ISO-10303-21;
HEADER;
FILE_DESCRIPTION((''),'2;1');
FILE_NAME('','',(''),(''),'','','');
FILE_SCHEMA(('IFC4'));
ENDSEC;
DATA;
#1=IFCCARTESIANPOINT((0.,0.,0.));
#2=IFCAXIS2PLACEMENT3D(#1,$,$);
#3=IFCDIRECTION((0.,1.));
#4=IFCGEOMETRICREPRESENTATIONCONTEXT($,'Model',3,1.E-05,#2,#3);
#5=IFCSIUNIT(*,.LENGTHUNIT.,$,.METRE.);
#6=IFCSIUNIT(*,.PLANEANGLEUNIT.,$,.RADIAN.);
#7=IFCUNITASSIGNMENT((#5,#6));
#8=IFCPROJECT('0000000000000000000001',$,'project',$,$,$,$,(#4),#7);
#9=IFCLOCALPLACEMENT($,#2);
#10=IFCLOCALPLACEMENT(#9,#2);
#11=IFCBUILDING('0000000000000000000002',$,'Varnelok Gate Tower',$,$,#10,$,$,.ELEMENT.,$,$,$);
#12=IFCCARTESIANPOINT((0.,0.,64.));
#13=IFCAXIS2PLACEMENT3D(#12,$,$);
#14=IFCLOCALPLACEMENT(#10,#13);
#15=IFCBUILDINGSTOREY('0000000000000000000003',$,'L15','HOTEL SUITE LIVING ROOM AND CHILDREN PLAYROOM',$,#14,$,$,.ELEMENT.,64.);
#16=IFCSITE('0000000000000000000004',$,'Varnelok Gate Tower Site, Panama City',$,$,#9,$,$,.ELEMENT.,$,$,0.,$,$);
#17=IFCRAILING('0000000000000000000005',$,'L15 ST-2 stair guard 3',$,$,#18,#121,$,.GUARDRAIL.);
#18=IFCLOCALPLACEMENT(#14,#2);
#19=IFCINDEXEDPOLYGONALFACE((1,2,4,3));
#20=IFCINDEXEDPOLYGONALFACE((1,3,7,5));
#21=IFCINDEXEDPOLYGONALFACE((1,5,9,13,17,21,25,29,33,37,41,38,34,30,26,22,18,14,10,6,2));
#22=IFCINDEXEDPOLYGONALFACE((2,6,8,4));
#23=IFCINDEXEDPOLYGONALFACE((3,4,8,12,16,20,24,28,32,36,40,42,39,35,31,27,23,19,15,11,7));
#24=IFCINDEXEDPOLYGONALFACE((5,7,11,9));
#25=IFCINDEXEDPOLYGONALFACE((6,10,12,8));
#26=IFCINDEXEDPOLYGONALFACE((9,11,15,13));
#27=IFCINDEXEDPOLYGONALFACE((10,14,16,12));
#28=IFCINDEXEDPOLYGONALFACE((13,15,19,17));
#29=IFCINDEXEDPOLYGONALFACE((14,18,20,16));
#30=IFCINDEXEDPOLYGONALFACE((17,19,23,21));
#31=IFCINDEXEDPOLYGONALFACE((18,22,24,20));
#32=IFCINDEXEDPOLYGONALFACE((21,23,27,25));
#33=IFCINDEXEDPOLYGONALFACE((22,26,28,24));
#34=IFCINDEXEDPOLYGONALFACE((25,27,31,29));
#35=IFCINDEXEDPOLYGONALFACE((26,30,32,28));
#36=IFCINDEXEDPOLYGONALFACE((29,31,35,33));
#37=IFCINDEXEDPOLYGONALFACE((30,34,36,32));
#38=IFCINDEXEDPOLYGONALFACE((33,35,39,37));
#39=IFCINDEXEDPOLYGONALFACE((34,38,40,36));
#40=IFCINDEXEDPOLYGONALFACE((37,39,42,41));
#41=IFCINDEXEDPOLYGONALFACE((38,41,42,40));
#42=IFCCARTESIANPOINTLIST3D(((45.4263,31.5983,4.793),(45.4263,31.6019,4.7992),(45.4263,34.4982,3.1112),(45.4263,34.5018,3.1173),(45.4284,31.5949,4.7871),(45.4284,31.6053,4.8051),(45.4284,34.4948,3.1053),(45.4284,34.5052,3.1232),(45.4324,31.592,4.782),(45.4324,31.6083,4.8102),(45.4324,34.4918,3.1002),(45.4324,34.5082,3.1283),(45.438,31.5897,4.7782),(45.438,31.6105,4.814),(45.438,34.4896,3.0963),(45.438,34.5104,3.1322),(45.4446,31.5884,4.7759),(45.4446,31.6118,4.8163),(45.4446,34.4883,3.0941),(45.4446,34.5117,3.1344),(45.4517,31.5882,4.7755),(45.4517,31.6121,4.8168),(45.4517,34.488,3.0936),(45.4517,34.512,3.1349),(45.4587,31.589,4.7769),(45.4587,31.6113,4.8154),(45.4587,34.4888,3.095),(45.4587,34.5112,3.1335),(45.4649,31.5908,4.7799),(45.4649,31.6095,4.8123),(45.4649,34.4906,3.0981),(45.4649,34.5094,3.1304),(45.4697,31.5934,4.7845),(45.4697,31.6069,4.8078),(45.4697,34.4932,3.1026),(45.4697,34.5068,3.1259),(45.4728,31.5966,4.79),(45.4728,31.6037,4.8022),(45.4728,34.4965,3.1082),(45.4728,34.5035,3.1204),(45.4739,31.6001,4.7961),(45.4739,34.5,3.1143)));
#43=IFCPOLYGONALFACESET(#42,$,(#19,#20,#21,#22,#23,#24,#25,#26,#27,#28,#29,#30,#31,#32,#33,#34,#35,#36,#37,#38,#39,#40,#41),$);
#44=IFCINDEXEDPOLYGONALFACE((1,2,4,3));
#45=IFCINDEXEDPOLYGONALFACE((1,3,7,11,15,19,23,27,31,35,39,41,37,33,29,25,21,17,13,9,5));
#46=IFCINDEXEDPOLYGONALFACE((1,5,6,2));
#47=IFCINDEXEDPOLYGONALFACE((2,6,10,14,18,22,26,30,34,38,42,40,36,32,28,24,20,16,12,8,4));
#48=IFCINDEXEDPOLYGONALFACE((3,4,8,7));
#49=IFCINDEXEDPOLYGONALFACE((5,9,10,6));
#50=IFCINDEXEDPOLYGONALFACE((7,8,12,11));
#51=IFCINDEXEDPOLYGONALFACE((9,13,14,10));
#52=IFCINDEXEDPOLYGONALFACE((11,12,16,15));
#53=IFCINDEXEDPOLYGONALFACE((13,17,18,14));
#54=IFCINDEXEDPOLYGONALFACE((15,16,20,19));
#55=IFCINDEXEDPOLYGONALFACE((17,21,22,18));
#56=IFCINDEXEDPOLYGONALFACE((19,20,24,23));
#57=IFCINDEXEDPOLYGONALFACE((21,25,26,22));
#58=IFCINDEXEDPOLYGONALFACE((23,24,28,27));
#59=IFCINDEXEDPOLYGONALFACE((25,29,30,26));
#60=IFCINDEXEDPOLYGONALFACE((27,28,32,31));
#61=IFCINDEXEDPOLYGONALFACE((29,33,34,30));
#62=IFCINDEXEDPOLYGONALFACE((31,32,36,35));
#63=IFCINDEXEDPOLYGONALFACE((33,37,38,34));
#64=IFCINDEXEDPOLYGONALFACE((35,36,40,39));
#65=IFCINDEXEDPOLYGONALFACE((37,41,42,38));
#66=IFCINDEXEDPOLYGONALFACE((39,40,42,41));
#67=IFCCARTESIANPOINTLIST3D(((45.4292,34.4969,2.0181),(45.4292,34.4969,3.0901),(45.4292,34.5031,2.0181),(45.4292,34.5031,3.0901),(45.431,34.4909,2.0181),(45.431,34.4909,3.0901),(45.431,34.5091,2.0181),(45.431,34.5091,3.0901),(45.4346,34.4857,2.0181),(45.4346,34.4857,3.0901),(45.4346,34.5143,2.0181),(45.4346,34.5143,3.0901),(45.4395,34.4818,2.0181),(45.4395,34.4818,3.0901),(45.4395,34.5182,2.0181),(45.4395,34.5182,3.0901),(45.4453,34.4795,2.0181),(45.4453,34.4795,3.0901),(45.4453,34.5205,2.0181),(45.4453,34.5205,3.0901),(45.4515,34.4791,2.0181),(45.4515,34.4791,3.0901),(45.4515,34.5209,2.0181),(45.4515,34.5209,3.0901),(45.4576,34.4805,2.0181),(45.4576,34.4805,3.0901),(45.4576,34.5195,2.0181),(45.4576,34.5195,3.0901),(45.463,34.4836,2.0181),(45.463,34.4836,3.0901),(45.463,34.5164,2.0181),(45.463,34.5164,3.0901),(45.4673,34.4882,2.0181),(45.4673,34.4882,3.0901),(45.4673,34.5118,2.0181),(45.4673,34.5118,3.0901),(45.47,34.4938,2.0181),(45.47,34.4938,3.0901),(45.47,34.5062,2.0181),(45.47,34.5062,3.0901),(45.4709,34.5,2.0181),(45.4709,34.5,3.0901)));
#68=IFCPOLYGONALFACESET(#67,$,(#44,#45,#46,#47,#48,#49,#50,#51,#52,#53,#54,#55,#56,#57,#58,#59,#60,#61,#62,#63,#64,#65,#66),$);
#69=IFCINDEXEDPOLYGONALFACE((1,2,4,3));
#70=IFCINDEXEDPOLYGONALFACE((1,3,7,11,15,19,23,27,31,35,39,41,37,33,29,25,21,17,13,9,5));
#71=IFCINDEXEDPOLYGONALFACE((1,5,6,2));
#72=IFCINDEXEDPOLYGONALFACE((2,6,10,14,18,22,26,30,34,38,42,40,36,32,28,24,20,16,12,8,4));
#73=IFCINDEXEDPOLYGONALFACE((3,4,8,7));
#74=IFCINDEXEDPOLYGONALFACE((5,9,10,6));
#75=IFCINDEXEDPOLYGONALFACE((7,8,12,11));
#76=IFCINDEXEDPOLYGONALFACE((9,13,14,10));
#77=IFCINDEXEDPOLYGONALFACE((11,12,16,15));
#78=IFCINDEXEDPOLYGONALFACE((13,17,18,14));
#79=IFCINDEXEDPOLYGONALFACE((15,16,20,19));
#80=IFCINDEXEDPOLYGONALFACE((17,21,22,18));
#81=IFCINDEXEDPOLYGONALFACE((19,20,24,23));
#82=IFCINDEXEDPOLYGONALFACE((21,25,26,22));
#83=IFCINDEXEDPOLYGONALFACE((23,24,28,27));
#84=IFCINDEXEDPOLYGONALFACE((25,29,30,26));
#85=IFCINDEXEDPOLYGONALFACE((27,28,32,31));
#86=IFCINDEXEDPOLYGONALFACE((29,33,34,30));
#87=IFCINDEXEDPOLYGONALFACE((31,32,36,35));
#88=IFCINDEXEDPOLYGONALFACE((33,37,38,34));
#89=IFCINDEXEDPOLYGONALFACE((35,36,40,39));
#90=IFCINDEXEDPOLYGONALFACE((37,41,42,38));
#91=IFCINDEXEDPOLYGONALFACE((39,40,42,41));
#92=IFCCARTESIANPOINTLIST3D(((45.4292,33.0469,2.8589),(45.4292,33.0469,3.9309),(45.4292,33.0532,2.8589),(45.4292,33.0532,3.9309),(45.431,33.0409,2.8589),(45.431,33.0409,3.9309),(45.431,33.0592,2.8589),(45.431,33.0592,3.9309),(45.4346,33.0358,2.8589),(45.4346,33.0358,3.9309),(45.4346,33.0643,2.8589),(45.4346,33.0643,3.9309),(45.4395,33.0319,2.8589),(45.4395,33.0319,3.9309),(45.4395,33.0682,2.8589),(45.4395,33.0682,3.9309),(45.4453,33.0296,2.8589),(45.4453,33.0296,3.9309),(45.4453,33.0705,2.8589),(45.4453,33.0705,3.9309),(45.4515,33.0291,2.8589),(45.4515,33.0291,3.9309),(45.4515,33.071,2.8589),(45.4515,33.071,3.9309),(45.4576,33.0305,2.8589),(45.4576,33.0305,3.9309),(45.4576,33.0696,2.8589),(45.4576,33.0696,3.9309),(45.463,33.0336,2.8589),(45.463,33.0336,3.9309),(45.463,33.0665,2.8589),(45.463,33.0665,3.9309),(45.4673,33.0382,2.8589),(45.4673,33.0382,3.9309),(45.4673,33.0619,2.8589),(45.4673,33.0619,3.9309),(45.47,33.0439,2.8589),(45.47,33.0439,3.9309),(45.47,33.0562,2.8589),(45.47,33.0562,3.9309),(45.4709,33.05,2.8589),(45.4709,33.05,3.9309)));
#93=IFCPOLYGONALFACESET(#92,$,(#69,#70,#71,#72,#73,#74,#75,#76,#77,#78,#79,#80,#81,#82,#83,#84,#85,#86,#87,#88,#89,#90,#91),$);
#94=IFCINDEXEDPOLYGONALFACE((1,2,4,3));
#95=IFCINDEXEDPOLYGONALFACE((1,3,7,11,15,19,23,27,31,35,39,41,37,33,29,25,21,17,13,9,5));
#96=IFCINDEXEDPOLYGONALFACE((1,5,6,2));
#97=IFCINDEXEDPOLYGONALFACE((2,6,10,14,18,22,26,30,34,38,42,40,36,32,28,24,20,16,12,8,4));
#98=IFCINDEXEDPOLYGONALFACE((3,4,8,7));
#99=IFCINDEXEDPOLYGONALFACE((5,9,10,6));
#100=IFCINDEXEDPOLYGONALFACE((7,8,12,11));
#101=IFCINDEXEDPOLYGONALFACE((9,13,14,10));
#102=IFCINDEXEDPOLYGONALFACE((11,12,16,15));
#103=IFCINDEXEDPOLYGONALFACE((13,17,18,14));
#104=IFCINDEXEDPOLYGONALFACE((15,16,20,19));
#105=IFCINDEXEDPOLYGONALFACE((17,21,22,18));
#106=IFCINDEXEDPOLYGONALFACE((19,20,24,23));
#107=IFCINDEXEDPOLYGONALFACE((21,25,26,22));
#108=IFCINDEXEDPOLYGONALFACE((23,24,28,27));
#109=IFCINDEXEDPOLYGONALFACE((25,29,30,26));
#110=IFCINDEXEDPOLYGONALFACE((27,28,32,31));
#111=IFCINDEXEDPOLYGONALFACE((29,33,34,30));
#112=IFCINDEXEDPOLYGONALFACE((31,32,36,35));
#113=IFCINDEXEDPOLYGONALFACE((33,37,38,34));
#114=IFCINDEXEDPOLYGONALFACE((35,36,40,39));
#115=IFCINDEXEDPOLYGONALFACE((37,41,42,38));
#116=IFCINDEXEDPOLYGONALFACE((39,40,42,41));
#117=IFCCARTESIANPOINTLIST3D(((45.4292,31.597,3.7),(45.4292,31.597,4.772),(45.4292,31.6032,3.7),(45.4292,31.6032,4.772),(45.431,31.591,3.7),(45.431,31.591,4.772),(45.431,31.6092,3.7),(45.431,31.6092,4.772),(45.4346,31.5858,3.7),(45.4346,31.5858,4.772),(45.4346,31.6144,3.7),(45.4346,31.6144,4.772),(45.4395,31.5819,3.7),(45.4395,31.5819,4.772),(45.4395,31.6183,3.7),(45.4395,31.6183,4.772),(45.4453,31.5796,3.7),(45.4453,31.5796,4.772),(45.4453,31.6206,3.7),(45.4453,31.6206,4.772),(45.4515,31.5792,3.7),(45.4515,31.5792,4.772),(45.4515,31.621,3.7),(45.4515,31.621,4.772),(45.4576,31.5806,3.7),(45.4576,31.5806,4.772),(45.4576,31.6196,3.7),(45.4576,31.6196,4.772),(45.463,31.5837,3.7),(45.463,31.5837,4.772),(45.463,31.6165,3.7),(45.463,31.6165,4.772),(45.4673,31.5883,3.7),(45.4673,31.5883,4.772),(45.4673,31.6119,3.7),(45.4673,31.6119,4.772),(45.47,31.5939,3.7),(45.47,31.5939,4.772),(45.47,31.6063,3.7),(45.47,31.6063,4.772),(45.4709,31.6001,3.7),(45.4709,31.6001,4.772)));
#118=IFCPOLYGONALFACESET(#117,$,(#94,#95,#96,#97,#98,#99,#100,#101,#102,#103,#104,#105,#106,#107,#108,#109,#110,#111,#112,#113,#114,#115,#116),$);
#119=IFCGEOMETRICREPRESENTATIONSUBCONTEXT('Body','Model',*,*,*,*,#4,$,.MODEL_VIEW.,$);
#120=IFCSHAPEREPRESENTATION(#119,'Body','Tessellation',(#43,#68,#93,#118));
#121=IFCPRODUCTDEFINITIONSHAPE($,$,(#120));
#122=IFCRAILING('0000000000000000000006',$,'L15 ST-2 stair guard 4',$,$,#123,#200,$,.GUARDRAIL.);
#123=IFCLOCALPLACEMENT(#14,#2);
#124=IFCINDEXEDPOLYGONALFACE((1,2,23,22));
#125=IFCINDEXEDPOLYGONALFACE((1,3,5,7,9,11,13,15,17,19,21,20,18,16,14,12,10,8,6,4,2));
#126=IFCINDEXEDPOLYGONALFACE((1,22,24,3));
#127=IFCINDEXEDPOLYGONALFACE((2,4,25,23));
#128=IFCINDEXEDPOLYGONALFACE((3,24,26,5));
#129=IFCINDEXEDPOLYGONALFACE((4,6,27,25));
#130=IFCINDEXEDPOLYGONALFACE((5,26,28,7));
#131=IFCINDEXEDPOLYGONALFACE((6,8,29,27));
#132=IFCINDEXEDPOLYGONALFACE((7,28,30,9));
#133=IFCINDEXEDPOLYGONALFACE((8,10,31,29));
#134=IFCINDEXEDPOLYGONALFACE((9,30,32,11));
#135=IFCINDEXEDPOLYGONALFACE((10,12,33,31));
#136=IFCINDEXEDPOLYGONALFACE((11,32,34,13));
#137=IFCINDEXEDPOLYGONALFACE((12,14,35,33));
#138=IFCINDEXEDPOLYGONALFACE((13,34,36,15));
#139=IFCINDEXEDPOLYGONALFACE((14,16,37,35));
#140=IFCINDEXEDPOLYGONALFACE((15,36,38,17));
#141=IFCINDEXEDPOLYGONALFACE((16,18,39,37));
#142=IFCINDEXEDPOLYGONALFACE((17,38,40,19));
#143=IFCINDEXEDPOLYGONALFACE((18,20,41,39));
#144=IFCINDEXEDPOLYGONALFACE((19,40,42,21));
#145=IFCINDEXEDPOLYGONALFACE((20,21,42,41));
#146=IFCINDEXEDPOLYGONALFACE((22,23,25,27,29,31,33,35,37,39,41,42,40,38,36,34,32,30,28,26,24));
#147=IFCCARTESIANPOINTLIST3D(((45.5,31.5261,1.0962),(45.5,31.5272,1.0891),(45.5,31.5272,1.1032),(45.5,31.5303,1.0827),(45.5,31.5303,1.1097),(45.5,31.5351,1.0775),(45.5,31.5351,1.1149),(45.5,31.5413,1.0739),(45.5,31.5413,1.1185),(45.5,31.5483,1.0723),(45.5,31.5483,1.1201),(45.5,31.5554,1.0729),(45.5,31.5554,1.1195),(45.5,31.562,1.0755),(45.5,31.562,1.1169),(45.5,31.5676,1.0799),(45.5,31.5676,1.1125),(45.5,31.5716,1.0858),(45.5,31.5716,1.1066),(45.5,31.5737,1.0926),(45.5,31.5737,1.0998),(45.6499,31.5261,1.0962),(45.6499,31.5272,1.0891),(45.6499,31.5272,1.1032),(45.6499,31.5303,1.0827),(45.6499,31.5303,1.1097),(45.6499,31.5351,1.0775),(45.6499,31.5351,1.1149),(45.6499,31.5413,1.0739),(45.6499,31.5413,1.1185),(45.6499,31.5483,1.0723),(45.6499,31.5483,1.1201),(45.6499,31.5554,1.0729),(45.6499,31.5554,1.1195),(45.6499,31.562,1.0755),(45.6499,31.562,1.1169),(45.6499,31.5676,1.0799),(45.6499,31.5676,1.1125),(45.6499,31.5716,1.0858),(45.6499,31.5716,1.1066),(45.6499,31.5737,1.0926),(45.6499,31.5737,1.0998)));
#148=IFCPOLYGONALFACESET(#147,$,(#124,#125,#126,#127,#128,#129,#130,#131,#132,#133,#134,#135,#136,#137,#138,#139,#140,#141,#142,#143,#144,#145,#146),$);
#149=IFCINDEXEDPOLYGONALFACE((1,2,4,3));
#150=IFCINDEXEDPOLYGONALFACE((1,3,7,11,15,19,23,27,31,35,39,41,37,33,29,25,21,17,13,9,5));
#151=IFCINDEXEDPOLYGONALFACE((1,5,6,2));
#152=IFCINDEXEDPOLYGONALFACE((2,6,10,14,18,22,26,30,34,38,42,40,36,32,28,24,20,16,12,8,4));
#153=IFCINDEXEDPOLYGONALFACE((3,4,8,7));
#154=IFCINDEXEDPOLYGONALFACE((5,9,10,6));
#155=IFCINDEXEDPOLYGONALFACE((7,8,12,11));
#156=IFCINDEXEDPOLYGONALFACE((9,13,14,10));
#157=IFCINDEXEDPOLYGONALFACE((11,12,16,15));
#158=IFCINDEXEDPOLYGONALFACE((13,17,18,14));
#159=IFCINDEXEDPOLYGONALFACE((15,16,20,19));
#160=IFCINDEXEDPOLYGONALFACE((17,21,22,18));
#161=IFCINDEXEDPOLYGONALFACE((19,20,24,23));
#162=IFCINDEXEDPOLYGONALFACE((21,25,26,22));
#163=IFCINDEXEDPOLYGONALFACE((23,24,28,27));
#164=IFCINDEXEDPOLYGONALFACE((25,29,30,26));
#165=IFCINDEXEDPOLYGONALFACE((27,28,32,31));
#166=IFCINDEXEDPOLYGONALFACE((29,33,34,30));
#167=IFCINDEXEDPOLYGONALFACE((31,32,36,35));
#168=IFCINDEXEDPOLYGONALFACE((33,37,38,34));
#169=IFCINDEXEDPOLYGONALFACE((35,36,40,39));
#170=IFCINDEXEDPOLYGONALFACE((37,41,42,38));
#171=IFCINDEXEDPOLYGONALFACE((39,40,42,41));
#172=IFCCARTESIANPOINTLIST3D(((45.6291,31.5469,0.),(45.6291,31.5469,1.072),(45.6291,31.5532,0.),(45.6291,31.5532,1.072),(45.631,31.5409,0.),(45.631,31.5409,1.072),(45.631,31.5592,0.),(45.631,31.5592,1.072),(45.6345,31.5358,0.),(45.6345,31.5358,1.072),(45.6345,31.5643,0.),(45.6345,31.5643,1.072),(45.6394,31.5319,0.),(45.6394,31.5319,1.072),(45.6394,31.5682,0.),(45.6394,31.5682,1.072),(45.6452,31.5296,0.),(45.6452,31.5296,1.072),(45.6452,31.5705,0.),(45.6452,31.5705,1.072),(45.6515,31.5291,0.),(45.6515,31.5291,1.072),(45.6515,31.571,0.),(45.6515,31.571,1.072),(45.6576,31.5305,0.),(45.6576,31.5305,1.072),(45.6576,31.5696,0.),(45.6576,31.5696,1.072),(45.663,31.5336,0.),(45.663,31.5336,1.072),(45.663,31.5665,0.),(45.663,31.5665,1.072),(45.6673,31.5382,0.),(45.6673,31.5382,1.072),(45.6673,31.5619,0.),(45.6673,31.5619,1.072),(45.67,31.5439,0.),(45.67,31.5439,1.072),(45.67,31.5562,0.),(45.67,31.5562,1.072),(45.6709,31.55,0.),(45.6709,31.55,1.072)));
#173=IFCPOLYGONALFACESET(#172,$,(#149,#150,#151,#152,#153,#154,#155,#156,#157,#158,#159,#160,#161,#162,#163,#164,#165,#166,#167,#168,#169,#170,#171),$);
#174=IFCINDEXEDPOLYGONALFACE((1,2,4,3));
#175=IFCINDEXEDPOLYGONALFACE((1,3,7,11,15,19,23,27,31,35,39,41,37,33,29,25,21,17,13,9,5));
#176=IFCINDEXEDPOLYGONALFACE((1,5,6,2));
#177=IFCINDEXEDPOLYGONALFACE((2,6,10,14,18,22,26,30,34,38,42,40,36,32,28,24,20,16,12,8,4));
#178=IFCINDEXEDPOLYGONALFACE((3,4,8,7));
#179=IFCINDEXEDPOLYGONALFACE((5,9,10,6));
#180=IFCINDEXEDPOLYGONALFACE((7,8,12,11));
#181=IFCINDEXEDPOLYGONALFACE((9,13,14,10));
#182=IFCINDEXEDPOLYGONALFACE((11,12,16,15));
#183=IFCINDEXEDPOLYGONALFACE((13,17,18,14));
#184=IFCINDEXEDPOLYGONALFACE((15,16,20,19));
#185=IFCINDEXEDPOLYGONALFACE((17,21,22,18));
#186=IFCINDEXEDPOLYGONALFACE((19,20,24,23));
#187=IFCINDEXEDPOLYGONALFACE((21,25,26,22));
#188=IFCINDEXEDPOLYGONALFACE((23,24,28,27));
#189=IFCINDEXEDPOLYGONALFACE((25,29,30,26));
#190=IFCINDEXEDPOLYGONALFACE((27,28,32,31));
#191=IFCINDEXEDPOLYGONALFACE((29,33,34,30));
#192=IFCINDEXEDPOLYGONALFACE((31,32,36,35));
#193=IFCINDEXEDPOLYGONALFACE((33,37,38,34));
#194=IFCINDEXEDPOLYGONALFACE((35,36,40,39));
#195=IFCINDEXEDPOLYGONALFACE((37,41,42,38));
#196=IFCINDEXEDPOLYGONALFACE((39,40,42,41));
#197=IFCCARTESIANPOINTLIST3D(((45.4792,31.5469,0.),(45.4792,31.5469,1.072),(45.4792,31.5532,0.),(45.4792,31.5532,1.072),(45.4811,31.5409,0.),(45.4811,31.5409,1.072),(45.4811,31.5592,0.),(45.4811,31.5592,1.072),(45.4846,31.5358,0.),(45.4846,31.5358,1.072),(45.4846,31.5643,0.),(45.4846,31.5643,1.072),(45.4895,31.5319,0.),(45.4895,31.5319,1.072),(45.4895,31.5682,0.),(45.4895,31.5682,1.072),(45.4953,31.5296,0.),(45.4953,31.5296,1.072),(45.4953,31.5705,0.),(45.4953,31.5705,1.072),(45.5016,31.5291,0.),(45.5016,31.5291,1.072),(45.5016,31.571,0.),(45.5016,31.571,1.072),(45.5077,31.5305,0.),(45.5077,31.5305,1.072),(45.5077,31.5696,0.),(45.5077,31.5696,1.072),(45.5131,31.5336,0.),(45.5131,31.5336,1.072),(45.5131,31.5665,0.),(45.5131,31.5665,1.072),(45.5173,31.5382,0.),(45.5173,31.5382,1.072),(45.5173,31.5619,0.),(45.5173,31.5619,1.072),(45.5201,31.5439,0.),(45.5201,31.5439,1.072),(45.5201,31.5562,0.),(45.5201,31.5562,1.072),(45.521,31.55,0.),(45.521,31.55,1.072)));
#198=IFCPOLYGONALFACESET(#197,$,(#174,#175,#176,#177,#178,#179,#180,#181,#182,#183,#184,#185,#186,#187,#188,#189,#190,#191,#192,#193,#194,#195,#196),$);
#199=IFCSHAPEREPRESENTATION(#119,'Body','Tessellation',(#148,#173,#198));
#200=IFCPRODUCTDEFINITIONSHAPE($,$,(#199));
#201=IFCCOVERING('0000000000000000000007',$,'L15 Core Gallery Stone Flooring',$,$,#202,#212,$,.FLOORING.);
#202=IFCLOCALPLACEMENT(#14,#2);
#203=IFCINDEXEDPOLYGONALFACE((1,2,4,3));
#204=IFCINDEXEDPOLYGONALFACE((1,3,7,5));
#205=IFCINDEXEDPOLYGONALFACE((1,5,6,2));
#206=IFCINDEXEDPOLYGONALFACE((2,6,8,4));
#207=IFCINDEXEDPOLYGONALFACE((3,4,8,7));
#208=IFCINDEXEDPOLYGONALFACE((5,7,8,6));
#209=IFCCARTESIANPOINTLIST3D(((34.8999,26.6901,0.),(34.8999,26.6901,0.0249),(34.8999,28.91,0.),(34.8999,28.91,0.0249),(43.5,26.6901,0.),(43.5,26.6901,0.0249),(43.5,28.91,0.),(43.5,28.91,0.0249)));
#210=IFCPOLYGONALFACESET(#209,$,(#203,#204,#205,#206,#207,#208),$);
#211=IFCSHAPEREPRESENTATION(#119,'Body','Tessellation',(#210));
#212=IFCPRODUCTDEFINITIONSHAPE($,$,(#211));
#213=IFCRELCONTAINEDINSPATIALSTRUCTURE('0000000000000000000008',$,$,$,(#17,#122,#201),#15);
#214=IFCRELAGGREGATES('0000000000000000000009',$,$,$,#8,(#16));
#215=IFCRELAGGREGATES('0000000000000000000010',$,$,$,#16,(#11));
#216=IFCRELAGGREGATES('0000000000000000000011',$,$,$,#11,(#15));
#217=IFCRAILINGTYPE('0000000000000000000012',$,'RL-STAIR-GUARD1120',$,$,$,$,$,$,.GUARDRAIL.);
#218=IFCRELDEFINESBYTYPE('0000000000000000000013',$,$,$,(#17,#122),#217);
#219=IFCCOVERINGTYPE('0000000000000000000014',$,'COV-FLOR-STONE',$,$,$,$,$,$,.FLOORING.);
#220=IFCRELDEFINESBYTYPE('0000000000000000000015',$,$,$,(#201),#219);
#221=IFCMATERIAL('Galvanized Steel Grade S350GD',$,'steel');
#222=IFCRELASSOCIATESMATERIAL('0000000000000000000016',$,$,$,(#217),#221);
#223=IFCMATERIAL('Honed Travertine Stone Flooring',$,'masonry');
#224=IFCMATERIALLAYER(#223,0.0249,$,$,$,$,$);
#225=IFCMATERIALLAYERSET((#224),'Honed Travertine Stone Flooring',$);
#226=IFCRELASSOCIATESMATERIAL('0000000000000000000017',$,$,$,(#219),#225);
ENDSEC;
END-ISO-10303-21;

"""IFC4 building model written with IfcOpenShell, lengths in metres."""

from ifc_helpers import new_model, si_unit, direction, frame, origin, origin_2d, place, context, subcontext, project, spatial, rectangle, circle, extrude, source, transform, mapped, material, layer, layer_set, type_object, element, save


model = new_model("IFC4")

# Units and contexts
model_context = context("Model", 3, precision=1e-05, world=origin(), true_north=direction((0.0, 1.0)))
body_context = subcontext(model_context, "Body", "Model", "MODEL_VIEW")
ifc_project = project(units=[si_unit("LENGTHUNIT", "METRE"), si_unit("PLANEANGLEUNIT", "RADIAN")], contexts=[model_context])

# Site, building, storey
site_placement = place(None, origin())
site = spatial("IfcSite", under=ifc_project, at=site_placement, Name="Varnelok Gate Tower Site, Panama City", CompositionType="ELEMENT", RefElevation=0.0)
building_placement = place(site_placement, origin())
building = spatial("IfcBuilding", under=site, at=building_placement, Name="Varnelok Gate Tower", CompositionType="ELEMENT")
storey_placement = place(building_placement, frame((0.0, 0.0, 64.0)))
storey = spatial("IfcBuildingStorey", under=building, at=storey_placement, Name="L15", Description="HOTEL SUITE LIVING ROOM AND CHILDREN PLAYROOM", CompositionType="ELEMENT", Elevation=64.0)

# Shared definitions
ifc_material_1 = material(Name="Galvanized Steel Grade S350GD", Category="steel")

# Railings
railing_type_1 = type_object("IfcRailingType", Name="RL-STAIR-GUARD1120", PredefinedType="GUARDRAIL", material=ifc_material_1)
railing_1_placement = place(storey_placement, frame((45.45, 34.5, 2.0181)))
element("IfcRailing", 1, at=railing_1_placement, inside=storey, type_object=railing_type_1, Name="L15 ST-2 stair guard 3", PredefinedType="GUARDRAIL", context=body_context, shape_type="SweptSolid", body=[
    extrude(circle(Radius=0.0239, at=origin_2d()), frame((0.0, 0.0, 1.0962), z_axis=(0.0, -0.865039, 0.501705), x_axis=(1.0, 0.0, 0.0)), (0.0, 0.0, 1.0), 3.3523),
    extrude(circle(Radius=0.021, at=origin_2d()), origin(), (0.0, 0.0, 1.0), 1.072),
    extrude(circle(Radius=0.021, at=origin_2d()), frame((0.0, -1.45, 0.8408)), (0.0, 0.0, 1.0), 1.072),
    extrude(circle(Radius=0.021, at=origin_2d()), frame((0.0, -2.8999, 1.6819)), (0.0, 0.0, 1.0), 1.072),
])
railing_2_placement = place(storey_placement, frame((45.6499, 31.55, 0.0)))
element("IfcRailing", 2, at=railing_2_placement, inside=storey, type_object=railing_type_1, Name="L15 ST-2 stair guard 4", PredefinedType="GUARDRAIL", context=body_context, shape_type="SweptSolid", body=[
    extrude(circle(Radius=0.0239, at=origin_2d()), frame((0.0, 0.0, 1.0962), z_axis=(-1.0, 0.0, 0.0), x_axis=(0.0, -1.0, 0.0)), (0.0, 0.0, 1.0), 0.1499),
    extrude(circle(Radius=0.021, at=origin_2d()), origin(), (0.0, 0.0, 1.0), 1.072),
    extrude(circle(Radius=0.021, at=origin_2d()), frame((-0.1499, 0.0, 0.0)), (0.0, 0.0, 1.0), 1.072),
])

# Covering
ifc_material_2 = material(Name="Honed Travertine Stone Flooring", Category="masonry")
ifc_layer_1 = layer(ifc_material_2, 0.0249)
ifc_layer_set_1 = layer_set([ifc_layer_1], Name="Honed Travertine Stone Flooring")
covering_type_1 = type_object("IfcCoveringType", Name="COV-FLOR-STONE", PredefinedType="FLOORING", material=ifc_layer_set_1)
shared_shape_1 = source(origin(), body_context, "Body", "SweptSolid", [
    extrude(rectangle(XDim=8.6001, YDim=2.22, at=origin_2d()), origin(), (0.0, 0.0, 1.0), 0.0249),
])
covering_1_placement = place(storey_placement, frame((39.2, 27.8, 0.0), z_axis=(0.0, 0.0, 1.0), x_axis=(1.0, 0.0, 0.0)))
element("IfcCovering", 3, at=covering_1_placement, inside=storey, type_object=covering_type_1, Name="L15 Core Gallery Stone Flooring", PredefinedType="FLOORING", context=body_context, shape_type="MappedRepresentation", body=[
    mapped(shared_shape_1, transform((0.0, 0.0, 0.0), scale=1.0)),
])

save(model, "model.ifc")
